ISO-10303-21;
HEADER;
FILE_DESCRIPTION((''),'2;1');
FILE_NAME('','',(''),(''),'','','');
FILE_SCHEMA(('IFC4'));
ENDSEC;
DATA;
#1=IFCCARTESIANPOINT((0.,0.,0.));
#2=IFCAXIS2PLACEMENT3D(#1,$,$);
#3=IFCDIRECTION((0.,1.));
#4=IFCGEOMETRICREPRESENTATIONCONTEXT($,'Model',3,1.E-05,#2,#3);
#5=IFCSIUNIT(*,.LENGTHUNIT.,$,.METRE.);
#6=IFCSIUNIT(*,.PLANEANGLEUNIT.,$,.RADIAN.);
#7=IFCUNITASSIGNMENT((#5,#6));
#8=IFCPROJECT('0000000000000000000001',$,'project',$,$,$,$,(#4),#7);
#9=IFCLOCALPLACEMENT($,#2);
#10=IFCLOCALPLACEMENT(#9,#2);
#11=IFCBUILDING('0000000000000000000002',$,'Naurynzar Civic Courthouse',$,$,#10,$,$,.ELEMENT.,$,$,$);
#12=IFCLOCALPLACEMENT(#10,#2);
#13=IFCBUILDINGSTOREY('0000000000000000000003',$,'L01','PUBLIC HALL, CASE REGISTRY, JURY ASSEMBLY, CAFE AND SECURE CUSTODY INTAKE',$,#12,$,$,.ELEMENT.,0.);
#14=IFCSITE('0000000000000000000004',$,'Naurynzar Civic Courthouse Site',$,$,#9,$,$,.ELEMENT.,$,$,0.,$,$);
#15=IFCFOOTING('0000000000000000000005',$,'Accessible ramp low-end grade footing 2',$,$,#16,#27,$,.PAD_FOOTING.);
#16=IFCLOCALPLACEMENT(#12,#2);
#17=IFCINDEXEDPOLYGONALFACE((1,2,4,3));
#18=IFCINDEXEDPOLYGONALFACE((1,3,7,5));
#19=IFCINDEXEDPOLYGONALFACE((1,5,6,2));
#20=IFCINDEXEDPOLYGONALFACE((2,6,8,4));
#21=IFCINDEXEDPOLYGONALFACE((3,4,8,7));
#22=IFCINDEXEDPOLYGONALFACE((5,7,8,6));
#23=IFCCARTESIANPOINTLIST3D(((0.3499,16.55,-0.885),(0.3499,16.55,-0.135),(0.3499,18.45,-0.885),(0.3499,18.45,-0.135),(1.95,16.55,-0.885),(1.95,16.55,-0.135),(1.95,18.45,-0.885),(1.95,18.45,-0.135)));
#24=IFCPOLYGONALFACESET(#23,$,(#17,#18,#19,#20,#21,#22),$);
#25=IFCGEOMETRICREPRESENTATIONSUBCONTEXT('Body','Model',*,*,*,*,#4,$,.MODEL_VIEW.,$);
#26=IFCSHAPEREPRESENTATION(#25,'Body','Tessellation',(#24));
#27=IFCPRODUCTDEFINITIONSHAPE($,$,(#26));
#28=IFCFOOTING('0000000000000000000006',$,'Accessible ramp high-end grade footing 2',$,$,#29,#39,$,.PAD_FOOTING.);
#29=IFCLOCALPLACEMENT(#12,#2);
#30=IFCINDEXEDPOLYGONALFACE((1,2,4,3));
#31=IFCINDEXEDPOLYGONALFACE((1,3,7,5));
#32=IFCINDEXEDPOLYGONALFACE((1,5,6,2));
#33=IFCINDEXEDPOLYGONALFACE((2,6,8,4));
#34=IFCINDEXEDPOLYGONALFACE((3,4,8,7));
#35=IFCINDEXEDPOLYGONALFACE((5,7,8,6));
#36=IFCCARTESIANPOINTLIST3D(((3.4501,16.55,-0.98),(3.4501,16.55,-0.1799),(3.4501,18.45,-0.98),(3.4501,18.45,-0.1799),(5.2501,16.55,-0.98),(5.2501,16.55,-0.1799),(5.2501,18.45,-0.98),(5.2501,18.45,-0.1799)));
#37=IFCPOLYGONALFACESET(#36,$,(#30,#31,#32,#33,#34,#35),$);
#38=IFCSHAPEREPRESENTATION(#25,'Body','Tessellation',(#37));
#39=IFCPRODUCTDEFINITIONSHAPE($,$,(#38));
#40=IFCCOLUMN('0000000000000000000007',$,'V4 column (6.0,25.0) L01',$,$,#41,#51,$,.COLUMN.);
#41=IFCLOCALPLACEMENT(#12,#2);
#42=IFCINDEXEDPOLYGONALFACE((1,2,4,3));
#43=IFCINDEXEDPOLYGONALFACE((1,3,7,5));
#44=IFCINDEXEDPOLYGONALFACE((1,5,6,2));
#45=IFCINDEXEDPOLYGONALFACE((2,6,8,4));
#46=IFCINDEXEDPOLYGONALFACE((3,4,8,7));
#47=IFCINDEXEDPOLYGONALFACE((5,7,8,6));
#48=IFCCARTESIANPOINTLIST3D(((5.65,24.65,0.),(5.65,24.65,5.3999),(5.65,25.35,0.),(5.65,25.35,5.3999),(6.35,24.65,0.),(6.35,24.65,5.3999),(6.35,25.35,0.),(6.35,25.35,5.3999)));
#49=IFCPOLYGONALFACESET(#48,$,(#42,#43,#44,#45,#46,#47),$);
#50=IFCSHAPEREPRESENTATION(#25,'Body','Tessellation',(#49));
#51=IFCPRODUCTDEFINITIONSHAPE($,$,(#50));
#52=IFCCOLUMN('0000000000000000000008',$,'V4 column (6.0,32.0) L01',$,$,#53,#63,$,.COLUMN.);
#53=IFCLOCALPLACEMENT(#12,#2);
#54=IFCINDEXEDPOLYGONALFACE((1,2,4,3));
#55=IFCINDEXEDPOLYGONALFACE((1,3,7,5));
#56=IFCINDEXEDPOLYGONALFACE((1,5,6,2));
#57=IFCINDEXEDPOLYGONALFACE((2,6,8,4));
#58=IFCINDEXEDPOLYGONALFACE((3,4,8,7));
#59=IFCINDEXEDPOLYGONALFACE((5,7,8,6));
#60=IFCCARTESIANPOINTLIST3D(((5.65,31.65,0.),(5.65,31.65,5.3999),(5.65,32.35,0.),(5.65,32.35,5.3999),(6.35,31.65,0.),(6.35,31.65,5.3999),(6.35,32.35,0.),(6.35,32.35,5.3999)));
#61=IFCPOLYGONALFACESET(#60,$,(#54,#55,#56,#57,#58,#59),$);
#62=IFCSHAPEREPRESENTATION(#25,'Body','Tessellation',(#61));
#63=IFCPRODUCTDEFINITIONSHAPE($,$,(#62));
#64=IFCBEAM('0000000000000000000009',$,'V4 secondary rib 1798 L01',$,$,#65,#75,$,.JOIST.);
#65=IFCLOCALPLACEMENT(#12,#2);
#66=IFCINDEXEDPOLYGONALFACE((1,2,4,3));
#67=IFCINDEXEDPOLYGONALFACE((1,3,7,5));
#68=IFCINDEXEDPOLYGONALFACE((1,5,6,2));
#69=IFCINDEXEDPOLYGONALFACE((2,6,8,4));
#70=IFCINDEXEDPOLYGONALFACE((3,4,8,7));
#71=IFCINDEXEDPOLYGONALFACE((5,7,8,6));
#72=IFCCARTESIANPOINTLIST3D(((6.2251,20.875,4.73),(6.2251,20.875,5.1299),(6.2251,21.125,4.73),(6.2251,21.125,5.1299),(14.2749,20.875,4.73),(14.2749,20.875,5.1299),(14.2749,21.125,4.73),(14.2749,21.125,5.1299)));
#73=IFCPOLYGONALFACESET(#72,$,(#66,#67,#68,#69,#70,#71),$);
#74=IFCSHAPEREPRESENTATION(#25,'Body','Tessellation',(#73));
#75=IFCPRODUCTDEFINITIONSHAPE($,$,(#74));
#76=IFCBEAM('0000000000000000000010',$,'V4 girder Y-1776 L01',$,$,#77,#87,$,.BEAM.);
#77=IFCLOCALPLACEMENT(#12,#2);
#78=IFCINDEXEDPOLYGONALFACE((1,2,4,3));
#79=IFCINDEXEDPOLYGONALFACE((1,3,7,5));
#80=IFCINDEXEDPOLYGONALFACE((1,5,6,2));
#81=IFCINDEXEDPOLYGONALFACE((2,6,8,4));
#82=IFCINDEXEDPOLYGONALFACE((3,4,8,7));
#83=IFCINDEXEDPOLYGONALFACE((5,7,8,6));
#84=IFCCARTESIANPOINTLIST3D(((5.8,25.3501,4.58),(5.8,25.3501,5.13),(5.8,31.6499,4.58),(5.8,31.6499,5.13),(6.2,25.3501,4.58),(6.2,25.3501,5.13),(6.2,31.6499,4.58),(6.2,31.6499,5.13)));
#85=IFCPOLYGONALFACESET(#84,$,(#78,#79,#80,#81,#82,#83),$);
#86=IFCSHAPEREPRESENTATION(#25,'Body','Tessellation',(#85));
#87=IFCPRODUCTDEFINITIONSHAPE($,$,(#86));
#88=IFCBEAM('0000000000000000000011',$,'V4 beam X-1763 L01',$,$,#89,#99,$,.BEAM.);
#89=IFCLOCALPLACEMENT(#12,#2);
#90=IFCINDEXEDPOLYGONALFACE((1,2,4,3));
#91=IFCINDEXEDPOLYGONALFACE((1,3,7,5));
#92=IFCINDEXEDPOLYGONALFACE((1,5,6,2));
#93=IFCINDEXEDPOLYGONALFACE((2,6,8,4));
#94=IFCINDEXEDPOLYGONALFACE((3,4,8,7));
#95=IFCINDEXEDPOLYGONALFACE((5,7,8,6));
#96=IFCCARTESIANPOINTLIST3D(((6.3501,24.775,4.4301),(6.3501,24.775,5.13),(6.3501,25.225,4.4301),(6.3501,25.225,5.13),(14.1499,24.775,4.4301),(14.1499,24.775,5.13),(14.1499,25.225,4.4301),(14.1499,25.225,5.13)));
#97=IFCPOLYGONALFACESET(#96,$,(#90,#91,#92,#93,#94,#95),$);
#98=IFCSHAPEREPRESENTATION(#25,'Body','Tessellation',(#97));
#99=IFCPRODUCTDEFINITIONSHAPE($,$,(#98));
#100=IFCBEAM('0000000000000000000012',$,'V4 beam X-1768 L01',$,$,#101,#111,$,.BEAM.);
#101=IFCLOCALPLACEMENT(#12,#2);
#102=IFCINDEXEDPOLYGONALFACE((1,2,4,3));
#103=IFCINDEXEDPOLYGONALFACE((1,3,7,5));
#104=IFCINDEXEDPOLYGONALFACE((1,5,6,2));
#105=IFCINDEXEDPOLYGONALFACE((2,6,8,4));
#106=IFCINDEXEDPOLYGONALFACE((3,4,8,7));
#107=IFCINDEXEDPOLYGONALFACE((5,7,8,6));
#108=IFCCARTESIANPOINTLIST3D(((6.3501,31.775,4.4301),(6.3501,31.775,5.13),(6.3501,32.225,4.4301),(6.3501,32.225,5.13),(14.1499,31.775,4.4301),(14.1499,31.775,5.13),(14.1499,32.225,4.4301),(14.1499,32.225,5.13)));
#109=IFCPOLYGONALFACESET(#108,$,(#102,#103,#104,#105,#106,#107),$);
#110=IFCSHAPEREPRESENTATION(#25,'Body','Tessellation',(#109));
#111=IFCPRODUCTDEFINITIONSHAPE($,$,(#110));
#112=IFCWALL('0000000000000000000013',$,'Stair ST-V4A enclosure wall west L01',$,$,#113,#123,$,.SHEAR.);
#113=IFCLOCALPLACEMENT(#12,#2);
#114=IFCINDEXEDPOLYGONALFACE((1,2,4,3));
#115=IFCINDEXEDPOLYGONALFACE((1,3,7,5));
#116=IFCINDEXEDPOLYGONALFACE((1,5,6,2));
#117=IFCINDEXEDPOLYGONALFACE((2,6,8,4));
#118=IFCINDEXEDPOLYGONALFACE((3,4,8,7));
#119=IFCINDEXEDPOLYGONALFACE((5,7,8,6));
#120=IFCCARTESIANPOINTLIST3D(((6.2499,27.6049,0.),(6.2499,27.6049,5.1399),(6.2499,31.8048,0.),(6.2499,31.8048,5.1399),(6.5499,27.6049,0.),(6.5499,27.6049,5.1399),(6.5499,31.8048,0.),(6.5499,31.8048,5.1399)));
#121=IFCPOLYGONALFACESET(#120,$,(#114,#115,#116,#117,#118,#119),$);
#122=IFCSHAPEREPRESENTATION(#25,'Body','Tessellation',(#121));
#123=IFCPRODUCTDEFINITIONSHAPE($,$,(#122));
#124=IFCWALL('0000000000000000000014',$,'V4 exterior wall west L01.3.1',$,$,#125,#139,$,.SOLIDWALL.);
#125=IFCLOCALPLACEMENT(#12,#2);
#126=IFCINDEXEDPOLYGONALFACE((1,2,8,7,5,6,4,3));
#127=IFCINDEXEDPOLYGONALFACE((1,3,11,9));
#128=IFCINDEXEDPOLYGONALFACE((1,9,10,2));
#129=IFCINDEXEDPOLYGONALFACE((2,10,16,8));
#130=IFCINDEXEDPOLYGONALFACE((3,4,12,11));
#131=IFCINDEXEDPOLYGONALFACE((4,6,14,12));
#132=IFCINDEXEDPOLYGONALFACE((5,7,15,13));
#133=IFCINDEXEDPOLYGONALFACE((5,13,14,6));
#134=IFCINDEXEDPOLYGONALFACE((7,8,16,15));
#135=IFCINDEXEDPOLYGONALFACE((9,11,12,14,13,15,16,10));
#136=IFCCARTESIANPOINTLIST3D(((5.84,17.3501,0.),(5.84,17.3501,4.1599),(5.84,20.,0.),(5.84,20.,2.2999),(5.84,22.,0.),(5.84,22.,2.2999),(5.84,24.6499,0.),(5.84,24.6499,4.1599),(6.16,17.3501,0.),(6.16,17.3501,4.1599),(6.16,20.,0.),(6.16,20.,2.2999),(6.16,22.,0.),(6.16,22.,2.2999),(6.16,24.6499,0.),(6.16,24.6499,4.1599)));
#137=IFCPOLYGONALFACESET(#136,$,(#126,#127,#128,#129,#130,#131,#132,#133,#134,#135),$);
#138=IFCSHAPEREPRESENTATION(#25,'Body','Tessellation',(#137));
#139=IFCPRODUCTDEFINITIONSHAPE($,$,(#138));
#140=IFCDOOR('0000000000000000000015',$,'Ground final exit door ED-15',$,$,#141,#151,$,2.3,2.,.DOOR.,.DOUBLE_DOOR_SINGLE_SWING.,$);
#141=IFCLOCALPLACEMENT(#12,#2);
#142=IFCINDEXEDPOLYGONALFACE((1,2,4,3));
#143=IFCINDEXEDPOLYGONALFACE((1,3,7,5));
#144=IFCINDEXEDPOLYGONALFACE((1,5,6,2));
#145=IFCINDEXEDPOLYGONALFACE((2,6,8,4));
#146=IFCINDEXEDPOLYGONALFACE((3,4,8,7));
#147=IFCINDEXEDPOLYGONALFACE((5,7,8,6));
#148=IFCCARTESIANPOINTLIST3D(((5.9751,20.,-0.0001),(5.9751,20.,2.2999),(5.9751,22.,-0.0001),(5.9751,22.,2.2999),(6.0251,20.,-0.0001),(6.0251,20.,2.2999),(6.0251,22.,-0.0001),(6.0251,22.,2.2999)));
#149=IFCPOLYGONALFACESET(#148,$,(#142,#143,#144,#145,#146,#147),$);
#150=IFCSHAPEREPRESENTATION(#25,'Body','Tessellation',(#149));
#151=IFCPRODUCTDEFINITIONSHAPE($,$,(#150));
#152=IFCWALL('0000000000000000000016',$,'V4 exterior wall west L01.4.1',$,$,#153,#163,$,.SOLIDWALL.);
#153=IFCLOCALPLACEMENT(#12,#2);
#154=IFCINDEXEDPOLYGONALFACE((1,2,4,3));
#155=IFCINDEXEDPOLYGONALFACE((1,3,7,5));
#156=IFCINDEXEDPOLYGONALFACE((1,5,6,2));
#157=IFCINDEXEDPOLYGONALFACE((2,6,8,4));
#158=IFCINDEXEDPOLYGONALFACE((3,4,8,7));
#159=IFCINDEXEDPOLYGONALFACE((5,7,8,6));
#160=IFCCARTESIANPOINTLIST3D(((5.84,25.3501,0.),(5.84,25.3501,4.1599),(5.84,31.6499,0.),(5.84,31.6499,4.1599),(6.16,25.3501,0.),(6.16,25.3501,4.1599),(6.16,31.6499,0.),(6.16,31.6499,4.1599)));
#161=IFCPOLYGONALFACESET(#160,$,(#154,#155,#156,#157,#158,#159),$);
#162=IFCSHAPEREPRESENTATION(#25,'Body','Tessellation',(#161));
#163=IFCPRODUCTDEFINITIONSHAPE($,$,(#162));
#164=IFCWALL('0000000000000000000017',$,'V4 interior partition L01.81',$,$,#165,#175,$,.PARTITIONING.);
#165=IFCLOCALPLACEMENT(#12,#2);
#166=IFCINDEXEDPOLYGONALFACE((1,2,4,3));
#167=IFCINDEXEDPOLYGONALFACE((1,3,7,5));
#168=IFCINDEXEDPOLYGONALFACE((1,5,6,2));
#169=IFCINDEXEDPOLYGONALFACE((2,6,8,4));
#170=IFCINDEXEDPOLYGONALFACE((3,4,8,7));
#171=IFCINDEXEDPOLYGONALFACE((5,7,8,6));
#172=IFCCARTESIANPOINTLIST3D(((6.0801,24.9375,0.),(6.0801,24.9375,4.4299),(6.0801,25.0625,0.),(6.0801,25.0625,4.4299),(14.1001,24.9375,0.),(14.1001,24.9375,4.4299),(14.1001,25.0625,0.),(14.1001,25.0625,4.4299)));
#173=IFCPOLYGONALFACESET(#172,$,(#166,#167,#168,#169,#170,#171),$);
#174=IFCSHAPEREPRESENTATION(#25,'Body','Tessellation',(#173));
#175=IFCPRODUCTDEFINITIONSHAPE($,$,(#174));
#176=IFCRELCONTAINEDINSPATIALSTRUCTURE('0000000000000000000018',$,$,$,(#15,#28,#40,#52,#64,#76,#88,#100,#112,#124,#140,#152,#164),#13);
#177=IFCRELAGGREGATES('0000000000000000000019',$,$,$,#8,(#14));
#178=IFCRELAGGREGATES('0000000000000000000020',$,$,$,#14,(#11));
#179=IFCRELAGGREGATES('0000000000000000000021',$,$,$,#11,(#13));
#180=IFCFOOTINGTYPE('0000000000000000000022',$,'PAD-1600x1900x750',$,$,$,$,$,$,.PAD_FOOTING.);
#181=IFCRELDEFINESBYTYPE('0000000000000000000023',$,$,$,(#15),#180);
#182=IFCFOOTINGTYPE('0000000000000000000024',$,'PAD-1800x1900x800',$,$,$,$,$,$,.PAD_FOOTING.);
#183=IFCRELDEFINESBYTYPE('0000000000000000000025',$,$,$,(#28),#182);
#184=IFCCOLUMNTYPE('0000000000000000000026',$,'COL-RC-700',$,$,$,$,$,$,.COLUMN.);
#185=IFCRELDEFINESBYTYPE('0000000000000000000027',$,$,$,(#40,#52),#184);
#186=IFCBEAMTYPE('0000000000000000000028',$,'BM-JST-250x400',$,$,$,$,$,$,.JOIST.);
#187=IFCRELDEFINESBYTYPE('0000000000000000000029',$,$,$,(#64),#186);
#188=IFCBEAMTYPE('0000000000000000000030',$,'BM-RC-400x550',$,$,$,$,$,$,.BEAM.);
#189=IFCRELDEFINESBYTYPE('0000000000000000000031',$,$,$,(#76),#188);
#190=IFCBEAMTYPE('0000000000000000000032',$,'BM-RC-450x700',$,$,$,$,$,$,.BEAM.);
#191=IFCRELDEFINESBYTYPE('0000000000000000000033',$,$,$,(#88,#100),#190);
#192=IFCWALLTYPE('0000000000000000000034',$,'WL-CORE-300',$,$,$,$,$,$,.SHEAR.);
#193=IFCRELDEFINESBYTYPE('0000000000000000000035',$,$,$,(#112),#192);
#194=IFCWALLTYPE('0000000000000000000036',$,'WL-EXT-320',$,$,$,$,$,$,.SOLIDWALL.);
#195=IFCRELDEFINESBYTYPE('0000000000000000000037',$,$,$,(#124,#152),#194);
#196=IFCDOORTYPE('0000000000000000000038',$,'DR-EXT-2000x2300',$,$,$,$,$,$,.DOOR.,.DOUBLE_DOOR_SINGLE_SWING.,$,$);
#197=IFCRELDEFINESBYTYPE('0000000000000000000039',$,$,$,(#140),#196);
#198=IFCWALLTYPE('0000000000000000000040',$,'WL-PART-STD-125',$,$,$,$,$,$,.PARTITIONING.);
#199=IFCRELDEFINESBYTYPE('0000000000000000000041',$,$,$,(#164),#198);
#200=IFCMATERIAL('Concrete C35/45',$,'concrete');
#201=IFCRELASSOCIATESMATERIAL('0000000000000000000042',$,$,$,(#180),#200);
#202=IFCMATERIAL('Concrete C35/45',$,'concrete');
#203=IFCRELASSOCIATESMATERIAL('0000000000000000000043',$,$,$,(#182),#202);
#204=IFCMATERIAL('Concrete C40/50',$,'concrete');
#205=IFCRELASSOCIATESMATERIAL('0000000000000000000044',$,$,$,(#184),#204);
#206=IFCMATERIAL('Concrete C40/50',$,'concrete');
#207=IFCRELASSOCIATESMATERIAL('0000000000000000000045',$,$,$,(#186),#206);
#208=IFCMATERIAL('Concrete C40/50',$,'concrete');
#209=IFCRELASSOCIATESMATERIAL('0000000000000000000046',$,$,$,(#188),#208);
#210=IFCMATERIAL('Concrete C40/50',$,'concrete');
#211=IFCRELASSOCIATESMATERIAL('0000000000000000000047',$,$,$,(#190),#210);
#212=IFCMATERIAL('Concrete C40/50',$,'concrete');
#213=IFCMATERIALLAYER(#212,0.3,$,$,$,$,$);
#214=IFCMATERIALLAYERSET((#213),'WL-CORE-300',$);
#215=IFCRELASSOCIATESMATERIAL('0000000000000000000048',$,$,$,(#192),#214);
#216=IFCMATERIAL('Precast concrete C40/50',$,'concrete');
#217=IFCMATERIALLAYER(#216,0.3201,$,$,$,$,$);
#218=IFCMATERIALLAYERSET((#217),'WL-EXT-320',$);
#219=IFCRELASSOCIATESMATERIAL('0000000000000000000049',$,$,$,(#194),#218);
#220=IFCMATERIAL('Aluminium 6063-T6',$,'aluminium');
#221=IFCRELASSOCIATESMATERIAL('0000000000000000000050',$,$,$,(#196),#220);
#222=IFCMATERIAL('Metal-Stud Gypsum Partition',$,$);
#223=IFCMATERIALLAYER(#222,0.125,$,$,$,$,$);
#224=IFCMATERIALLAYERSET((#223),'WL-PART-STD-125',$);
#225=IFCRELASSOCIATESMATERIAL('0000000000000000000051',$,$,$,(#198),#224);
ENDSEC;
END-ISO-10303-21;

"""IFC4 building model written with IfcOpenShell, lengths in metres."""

from ifc_helpers import new_model, si_unit, direction, frame, frame_2d, origin, origin_2d, place, context, subcontext, project, spatial, rectangle, extrude, material, layer, layer_set, material_profile, profile_set, type_object, element, fill, save


model = new_model("IFC4")

# Units and contexts
model_context = context("Model", 3, precision=1e-05, world=origin(), true_north=direction((0.0, 1.0)))
body_context = subcontext(model_context, "Body", "Model", "MODEL_VIEW")
ifc_project = project(units=[si_unit("LENGTHUNIT", "METRE"), si_unit("PLANEANGLEUNIT", "RADIAN")], contexts=[model_context])

# Site, building, storey
site_placement = place(None, origin())
site = spatial("IfcSite", under=ifc_project, at=site_placement, Name="Naurynzar Civic Courthouse Site", CompositionType="ELEMENT", RefElevation=0.0)
building_placement = place(site_placement, origin())
building = spatial("IfcBuilding", under=site, at=building_placement, Name="Naurynzar Civic Courthouse", CompositionType="ELEMENT")
storey_placement = place(building_placement, origin())
storey = spatial("IfcBuildingStorey", under=building, at=storey_placement, Name="L01", Description="PUBLIC HALL, CASE REGISTRY, JURY ASSEMBLY, CAFE AND SECURE CUSTODY INTAKE", CompositionType="ELEMENT", Elevation=0.0)

# Footings
ifc_material_1 = material(Name="Concrete C35/45", Category="concrete")
footing_type_1 = type_object("IfcFootingType", Name="PAD-1600x1900x750", PredefinedType="PAD_FOOTING", material=ifc_material_1)
footing_1_placement = place(storey_placement, frame((1.1499, 17.5, -0.885), z_axis=(0.0, 0.0, 1.0), x_axis=(1.0, 0.0, 0.0)))
element("IfcFooting", 1, at=footing_1_placement, inside=storey, type_object=footing_type_1, Name="Accessible ramp low-end grade footing 2", PredefinedType="PAD_FOOTING", context=body_context, shape_type="SweptSolid", body=[
    extrude(rectangle(XDim=1.6001, YDim=1.8999, at=origin_2d()), origin(), (0.0, 0.0, 1.0), 0.75),
])
ifc_material_2 = material(Name="Concrete C35/45", Category="concrete")
footing_type_2 = type_object("IfcFootingType", Name="PAD-1800x1900x800", PredefinedType="PAD_FOOTING", material=ifc_material_2)
footing_2_placement = place(storey_placement, frame((4.3501, 17.5, -0.98), z_axis=(0.0, 0.0, 1.0), x_axis=(1.0, 0.0, 0.0)))
element("IfcFooting", 2, at=footing_2_placement, inside=storey, type_object=footing_type_2, Name="Accessible ramp high-end grade footing 2", PredefinedType="PAD_FOOTING", context=body_context, shape_type="SweptSolid", body=[
    extrude(rectangle(XDim=1.8, YDim=1.8999, at=origin_2d()), origin(), (0.0, 0.0, 1.0), 0.8),
])

# Columns
ifc_material_3 = material(Name="Concrete C40/50", Category="concrete")
ifc_material_profile_1 = material_profile(ifc_material_3, rectangle(XDim=0.7, YDim=0.7, at=origin_2d()), Name="RC 700x700")
ifc_profile_set_1 = profile_set([ifc_material_profile_1], Name="Concrete C40/50")
column_type = type_object("IfcColumnType", Name="COL-RC-700", PredefinedType="COLUMN", material=ifc_profile_set_1)
for number, where, z_axis, x_axis, name in (
    (3, (6.0, 25.0, 0.0), (0.0, 0.0, 1.0), (1.0, 0.0, 0.0), "V4 column (6.0,25.0) L01"),
    (4, (6.0, 32.0, 0.0), (0.0, 0.0, 1.0), (1.0, 0.0, 0.0), "V4 column (6.0,32.0) L01"),
):
    element("IfcColumn", number, at=place(storey_placement, frame(where, z_axis=z_axis, x_axis=x_axis)), inside=storey, type_object=column_type, Name=name, PredefinedType="COLUMN", context=body_context, shape_type="SweptSolid", body=[
        extrude(rectangle(XDim=0.7, YDim=0.7, at=origin_2d()), origin(), (0.0, 0.0, 1.0), 5.3999),
    ])

# Beams
ifc_material_4 = material(Name="Concrete C40/50", Category="concrete")
ifc_material_profile_2 = material_profile(ifc_material_4, rectangle(XDim=0.25, YDim=0.3999, at=origin_2d()), Name="RCB 250x400")
ifc_profile_set_2 = profile_set([ifc_material_profile_2], Name="Concrete C40/50")
beam_type_1 = type_object("IfcBeamType", Name="BM-JST-250x400", PredefinedType="JOIST", material=ifc_profile_set_2)
beam_1_placement = place(storey_placement, frame((6.2251, 21.0, 4.9299), z_axis=(1.0, 0.0, 0.0), x_axis=(0.0, 1.0, 0.0)))
element("IfcBeam", 5, at=beam_1_placement, inside=storey, type_object=beam_type_1, Name="V4 secondary rib 1798 L01", PredefinedType="JOIST", context=body_context, shape_type="SweptSolid", body=[
    extrude(rectangle(XDim=0.25, YDim=0.3999, at=origin_2d()), origin(), (0.0, 0.0, 1.0), 8.0498),
])
ifc_material_5 = material(Name="Concrete C40/50", Category="concrete")
ifc_material_profile_3 = material_profile(ifc_material_5, rectangle(XDim=0.3999, YDim=0.55, at=origin_2d()), Name="RCB 400x550")
ifc_profile_set_3 = profile_set([ifc_material_profile_3], Name="Concrete C40/50")
beam_type_2 = type_object("IfcBeamType", Name="BM-RC-400x550", PredefinedType="BEAM", material=ifc_profile_set_3)
beam_2_placement = place(storey_placement, frame((6.0, 25.3501, 4.855), z_axis=(0.0, 1.0, 0.0), x_axis=(-1.0, 0.0, 0.0)))
element("IfcBeam", 6, at=beam_2_placement, inside=storey, type_object=beam_type_2, Name="V4 girder Y-1776 L01", PredefinedType="BEAM", context=body_context, shape_type="SweptSolid", body=[
    extrude(rectangle(XDim=0.3999, YDim=0.55, at=origin_2d()), origin(), (0.0, 0.0, 1.0), 6.2998),
])
ifc_material_6 = material(Name="Concrete C40/50", Category="concrete")
ifc_material_profile_4 = material_profile(ifc_material_6, rectangle(XDim=0.45, YDim=0.7, at=origin_2d()), Name="RCB 450x700")
ifc_profile_set_4 = profile_set([ifc_material_profile_4], Name="Concrete C40/50")
beam_type_3 = type_object("IfcBeamType", Name="BM-RC-450x700", PredefinedType="BEAM", material=ifc_profile_set_4)
for number, where, z_axis, x_axis, name in (
    (7, (6.3501, 25.0, 4.78), (1.0, 0.0, 0.0), (0.0, 1.0, 0.0), "V4 beam X-1763 L01"),
    (8, (6.3501, 32.0, 4.78), (1.0, 0.0, 0.0), (0.0, 1.0, 0.0), "V4 beam X-1768 L01"),
):
    element("IfcBeam", number, at=place(storey_placement, frame(where, z_axis=z_axis, x_axis=x_axis)), inside=storey, type_object=beam_type_3, Name=name, PredefinedType="BEAM", context=body_context, shape_type="SweptSolid", body=[
        extrude(rectangle(XDim=0.45, YDim=0.7, at=origin_2d()), origin(), (0.0, 0.0, 1.0), 7.7998),
    ])

# Wall
ifc_material_7 = material(Name="Concrete C40/50", Category="concrete")
ifc_layer_1 = layer(ifc_material_7, 0.3)
ifc_layer_set_1 = layer_set([ifc_layer_1], Name="WL-CORE-300")
wall_type_1 = type_object("IfcWallType", Name="WL-CORE-300", PredefinedType="SHEAR", material=ifc_layer_set_1)
wall_1_placement = place(storey_placement, frame((6.3999, 31.8049, 0.0), z_axis=(0.0, 0.0, 1.0), x_axis=(0.0, -1.0, 0.0)))
element("IfcWall", 9, at=wall_1_placement, inside=storey, type_object=wall_type_1, Name="Stair ST-V4A enclosure wall west L01", PredefinedType="SHEAR", context=body_context, shape_type="SweptSolid", body=[
    extrude(rectangle(XDim=4.2, YDim=0.3, at=frame_2d((2.1001, 0.0))), origin(), (0.0, 0.0, 1.0), 5.1399),
])

# Wall, opening, door
ifc_material_8 = material(Name="Precast concrete C40/50", Category="concrete")
ifc_layer_2 = layer(ifc_material_8, 0.3201)
ifc_layer_set_2 = layer_set([ifc_layer_2], Name="WL-EXT-320")
wall_type_2 = type_object("IfcWallType", Name="WL-EXT-320", PredefinedType="SOLIDWALL", material=ifc_layer_set_2)
wall_2_placement = place(storey_placement, frame((6.0, 17.3501, 0.0), z_axis=(0.0, 0.0, 1.0), x_axis=(0.0, 1.0, 0.0)))
wall_2 = element("IfcWall", 10, at=wall_2_placement, inside=storey, type_object=wall_type_2, Name="V4 exterior wall west L01.3.1", PredefinedType="SOLIDWALL", context=body_context, shape_type="SweptSolid", body=[
    extrude(rectangle(XDim=7.2998, YDim=0.3201, at=frame_2d((3.6499, 0.0))), origin(), (0.0, 0.0, 1.0), 4.1599),
])
opening_1_placement = place(wall_2_placement, frame((2.6499, 0.0, 0.0)))
opening_1 = element("IfcOpeningElement", 11, at=opening_1_placement, cuts=wall_2, PredefinedType="OPENING", context=body_context, shape_type="SweptSolid", body=[
    extrude(rectangle(XDim=2.0, YDim=2.3, at=frame_2d((1.0, 1.1499))), frame((0.0, 0.1699, 0.0), z_axis=(0.0, -1.0, 0.0), x_axis=(1.0, 0.0, 0.0)), (0.0, 0.0, 1.0), 0.3401),
])
ifc_material_9 = material(Name="Aluminium 6063-T6", Category="aluminium")
door_type = type_object("IfcDoorType", Name="DR-EXT-2000x2300", OperationType="DOUBLE_DOOR_SINGLE_SWING", PredefinedType="DOOR", material=ifc_material_9)
door_placement = place(opening_1_placement, origin())
door = element("IfcDoor", 12, at=door_placement, inside=storey, type_object=door_type, Name="Ground final exit door ED-15", OperationType="DOUBLE_DOOR_SINGLE_SWING", OverallHeight=2.3, OverallWidth=2.0, PredefinedType="DOOR", context=body_context, shape_type="SweptSolid", body=[
    extrude(rectangle(XDim=2.0, YDim=2.3, at=frame_2d((1.0, 1.1499))), frame((0.0, 0.0249, 0.0), z_axis=(0.0, -1.0, 0.0), x_axis=(1.0, 0.0, 0.0)), (0.0, 0.0, 1.0), 0.05),
])
fill(opening_1, door)

# Walls
wall_3_placement = place(storey_placement, frame((6.0, 25.3501, 0.0), z_axis=(0.0, 0.0, 1.0), x_axis=(0.0, 1.0, 0.0)))
element("IfcWall", 13, at=wall_3_placement, inside=storey, type_object=wall_type_2, Name="V4 exterior wall west L01.4.1", PredefinedType="SOLIDWALL", context=body_context, shape_type="SweptSolid", body=[
    extrude(rectangle(XDim=6.2998, YDim=0.3201, at=frame_2d((3.1499, 0.0))), origin(), (0.0, 0.0, 1.0), 4.1599),
])
ifc_material_10 = material(Name="Metal-Stud Gypsum Partition")
ifc_layer_3 = layer(ifc_material_10, 0.125)
ifc_layer_set_3 = layer_set([ifc_layer_3], Name="WL-PART-STD-125")
wall_type_3 = type_object("IfcWallType", Name="WL-PART-STD-125", PredefinedType="PARTITIONING", material=ifc_layer_set_3)
wall_4_placement = place(storey_placement, frame((6.0801, 25.0, 0.0), z_axis=(0.0, 0.0, 1.0), x_axis=(1.0, 0.0, 0.0)))
element("IfcWall", 14, at=wall_4_placement, inside=storey, type_object=wall_type_3, Name="V4 interior partition L01.81", PredefinedType="PARTITIONING", context=body_context, shape_type="SweptSolid", body=[
    extrude(rectangle(XDim=8.02, YDim=0.125, at=frame_2d((4.01, 0.0))), origin(), (0.0, 0.0, 1.0), 4.4299),
])

save(model, "model.ifc")
